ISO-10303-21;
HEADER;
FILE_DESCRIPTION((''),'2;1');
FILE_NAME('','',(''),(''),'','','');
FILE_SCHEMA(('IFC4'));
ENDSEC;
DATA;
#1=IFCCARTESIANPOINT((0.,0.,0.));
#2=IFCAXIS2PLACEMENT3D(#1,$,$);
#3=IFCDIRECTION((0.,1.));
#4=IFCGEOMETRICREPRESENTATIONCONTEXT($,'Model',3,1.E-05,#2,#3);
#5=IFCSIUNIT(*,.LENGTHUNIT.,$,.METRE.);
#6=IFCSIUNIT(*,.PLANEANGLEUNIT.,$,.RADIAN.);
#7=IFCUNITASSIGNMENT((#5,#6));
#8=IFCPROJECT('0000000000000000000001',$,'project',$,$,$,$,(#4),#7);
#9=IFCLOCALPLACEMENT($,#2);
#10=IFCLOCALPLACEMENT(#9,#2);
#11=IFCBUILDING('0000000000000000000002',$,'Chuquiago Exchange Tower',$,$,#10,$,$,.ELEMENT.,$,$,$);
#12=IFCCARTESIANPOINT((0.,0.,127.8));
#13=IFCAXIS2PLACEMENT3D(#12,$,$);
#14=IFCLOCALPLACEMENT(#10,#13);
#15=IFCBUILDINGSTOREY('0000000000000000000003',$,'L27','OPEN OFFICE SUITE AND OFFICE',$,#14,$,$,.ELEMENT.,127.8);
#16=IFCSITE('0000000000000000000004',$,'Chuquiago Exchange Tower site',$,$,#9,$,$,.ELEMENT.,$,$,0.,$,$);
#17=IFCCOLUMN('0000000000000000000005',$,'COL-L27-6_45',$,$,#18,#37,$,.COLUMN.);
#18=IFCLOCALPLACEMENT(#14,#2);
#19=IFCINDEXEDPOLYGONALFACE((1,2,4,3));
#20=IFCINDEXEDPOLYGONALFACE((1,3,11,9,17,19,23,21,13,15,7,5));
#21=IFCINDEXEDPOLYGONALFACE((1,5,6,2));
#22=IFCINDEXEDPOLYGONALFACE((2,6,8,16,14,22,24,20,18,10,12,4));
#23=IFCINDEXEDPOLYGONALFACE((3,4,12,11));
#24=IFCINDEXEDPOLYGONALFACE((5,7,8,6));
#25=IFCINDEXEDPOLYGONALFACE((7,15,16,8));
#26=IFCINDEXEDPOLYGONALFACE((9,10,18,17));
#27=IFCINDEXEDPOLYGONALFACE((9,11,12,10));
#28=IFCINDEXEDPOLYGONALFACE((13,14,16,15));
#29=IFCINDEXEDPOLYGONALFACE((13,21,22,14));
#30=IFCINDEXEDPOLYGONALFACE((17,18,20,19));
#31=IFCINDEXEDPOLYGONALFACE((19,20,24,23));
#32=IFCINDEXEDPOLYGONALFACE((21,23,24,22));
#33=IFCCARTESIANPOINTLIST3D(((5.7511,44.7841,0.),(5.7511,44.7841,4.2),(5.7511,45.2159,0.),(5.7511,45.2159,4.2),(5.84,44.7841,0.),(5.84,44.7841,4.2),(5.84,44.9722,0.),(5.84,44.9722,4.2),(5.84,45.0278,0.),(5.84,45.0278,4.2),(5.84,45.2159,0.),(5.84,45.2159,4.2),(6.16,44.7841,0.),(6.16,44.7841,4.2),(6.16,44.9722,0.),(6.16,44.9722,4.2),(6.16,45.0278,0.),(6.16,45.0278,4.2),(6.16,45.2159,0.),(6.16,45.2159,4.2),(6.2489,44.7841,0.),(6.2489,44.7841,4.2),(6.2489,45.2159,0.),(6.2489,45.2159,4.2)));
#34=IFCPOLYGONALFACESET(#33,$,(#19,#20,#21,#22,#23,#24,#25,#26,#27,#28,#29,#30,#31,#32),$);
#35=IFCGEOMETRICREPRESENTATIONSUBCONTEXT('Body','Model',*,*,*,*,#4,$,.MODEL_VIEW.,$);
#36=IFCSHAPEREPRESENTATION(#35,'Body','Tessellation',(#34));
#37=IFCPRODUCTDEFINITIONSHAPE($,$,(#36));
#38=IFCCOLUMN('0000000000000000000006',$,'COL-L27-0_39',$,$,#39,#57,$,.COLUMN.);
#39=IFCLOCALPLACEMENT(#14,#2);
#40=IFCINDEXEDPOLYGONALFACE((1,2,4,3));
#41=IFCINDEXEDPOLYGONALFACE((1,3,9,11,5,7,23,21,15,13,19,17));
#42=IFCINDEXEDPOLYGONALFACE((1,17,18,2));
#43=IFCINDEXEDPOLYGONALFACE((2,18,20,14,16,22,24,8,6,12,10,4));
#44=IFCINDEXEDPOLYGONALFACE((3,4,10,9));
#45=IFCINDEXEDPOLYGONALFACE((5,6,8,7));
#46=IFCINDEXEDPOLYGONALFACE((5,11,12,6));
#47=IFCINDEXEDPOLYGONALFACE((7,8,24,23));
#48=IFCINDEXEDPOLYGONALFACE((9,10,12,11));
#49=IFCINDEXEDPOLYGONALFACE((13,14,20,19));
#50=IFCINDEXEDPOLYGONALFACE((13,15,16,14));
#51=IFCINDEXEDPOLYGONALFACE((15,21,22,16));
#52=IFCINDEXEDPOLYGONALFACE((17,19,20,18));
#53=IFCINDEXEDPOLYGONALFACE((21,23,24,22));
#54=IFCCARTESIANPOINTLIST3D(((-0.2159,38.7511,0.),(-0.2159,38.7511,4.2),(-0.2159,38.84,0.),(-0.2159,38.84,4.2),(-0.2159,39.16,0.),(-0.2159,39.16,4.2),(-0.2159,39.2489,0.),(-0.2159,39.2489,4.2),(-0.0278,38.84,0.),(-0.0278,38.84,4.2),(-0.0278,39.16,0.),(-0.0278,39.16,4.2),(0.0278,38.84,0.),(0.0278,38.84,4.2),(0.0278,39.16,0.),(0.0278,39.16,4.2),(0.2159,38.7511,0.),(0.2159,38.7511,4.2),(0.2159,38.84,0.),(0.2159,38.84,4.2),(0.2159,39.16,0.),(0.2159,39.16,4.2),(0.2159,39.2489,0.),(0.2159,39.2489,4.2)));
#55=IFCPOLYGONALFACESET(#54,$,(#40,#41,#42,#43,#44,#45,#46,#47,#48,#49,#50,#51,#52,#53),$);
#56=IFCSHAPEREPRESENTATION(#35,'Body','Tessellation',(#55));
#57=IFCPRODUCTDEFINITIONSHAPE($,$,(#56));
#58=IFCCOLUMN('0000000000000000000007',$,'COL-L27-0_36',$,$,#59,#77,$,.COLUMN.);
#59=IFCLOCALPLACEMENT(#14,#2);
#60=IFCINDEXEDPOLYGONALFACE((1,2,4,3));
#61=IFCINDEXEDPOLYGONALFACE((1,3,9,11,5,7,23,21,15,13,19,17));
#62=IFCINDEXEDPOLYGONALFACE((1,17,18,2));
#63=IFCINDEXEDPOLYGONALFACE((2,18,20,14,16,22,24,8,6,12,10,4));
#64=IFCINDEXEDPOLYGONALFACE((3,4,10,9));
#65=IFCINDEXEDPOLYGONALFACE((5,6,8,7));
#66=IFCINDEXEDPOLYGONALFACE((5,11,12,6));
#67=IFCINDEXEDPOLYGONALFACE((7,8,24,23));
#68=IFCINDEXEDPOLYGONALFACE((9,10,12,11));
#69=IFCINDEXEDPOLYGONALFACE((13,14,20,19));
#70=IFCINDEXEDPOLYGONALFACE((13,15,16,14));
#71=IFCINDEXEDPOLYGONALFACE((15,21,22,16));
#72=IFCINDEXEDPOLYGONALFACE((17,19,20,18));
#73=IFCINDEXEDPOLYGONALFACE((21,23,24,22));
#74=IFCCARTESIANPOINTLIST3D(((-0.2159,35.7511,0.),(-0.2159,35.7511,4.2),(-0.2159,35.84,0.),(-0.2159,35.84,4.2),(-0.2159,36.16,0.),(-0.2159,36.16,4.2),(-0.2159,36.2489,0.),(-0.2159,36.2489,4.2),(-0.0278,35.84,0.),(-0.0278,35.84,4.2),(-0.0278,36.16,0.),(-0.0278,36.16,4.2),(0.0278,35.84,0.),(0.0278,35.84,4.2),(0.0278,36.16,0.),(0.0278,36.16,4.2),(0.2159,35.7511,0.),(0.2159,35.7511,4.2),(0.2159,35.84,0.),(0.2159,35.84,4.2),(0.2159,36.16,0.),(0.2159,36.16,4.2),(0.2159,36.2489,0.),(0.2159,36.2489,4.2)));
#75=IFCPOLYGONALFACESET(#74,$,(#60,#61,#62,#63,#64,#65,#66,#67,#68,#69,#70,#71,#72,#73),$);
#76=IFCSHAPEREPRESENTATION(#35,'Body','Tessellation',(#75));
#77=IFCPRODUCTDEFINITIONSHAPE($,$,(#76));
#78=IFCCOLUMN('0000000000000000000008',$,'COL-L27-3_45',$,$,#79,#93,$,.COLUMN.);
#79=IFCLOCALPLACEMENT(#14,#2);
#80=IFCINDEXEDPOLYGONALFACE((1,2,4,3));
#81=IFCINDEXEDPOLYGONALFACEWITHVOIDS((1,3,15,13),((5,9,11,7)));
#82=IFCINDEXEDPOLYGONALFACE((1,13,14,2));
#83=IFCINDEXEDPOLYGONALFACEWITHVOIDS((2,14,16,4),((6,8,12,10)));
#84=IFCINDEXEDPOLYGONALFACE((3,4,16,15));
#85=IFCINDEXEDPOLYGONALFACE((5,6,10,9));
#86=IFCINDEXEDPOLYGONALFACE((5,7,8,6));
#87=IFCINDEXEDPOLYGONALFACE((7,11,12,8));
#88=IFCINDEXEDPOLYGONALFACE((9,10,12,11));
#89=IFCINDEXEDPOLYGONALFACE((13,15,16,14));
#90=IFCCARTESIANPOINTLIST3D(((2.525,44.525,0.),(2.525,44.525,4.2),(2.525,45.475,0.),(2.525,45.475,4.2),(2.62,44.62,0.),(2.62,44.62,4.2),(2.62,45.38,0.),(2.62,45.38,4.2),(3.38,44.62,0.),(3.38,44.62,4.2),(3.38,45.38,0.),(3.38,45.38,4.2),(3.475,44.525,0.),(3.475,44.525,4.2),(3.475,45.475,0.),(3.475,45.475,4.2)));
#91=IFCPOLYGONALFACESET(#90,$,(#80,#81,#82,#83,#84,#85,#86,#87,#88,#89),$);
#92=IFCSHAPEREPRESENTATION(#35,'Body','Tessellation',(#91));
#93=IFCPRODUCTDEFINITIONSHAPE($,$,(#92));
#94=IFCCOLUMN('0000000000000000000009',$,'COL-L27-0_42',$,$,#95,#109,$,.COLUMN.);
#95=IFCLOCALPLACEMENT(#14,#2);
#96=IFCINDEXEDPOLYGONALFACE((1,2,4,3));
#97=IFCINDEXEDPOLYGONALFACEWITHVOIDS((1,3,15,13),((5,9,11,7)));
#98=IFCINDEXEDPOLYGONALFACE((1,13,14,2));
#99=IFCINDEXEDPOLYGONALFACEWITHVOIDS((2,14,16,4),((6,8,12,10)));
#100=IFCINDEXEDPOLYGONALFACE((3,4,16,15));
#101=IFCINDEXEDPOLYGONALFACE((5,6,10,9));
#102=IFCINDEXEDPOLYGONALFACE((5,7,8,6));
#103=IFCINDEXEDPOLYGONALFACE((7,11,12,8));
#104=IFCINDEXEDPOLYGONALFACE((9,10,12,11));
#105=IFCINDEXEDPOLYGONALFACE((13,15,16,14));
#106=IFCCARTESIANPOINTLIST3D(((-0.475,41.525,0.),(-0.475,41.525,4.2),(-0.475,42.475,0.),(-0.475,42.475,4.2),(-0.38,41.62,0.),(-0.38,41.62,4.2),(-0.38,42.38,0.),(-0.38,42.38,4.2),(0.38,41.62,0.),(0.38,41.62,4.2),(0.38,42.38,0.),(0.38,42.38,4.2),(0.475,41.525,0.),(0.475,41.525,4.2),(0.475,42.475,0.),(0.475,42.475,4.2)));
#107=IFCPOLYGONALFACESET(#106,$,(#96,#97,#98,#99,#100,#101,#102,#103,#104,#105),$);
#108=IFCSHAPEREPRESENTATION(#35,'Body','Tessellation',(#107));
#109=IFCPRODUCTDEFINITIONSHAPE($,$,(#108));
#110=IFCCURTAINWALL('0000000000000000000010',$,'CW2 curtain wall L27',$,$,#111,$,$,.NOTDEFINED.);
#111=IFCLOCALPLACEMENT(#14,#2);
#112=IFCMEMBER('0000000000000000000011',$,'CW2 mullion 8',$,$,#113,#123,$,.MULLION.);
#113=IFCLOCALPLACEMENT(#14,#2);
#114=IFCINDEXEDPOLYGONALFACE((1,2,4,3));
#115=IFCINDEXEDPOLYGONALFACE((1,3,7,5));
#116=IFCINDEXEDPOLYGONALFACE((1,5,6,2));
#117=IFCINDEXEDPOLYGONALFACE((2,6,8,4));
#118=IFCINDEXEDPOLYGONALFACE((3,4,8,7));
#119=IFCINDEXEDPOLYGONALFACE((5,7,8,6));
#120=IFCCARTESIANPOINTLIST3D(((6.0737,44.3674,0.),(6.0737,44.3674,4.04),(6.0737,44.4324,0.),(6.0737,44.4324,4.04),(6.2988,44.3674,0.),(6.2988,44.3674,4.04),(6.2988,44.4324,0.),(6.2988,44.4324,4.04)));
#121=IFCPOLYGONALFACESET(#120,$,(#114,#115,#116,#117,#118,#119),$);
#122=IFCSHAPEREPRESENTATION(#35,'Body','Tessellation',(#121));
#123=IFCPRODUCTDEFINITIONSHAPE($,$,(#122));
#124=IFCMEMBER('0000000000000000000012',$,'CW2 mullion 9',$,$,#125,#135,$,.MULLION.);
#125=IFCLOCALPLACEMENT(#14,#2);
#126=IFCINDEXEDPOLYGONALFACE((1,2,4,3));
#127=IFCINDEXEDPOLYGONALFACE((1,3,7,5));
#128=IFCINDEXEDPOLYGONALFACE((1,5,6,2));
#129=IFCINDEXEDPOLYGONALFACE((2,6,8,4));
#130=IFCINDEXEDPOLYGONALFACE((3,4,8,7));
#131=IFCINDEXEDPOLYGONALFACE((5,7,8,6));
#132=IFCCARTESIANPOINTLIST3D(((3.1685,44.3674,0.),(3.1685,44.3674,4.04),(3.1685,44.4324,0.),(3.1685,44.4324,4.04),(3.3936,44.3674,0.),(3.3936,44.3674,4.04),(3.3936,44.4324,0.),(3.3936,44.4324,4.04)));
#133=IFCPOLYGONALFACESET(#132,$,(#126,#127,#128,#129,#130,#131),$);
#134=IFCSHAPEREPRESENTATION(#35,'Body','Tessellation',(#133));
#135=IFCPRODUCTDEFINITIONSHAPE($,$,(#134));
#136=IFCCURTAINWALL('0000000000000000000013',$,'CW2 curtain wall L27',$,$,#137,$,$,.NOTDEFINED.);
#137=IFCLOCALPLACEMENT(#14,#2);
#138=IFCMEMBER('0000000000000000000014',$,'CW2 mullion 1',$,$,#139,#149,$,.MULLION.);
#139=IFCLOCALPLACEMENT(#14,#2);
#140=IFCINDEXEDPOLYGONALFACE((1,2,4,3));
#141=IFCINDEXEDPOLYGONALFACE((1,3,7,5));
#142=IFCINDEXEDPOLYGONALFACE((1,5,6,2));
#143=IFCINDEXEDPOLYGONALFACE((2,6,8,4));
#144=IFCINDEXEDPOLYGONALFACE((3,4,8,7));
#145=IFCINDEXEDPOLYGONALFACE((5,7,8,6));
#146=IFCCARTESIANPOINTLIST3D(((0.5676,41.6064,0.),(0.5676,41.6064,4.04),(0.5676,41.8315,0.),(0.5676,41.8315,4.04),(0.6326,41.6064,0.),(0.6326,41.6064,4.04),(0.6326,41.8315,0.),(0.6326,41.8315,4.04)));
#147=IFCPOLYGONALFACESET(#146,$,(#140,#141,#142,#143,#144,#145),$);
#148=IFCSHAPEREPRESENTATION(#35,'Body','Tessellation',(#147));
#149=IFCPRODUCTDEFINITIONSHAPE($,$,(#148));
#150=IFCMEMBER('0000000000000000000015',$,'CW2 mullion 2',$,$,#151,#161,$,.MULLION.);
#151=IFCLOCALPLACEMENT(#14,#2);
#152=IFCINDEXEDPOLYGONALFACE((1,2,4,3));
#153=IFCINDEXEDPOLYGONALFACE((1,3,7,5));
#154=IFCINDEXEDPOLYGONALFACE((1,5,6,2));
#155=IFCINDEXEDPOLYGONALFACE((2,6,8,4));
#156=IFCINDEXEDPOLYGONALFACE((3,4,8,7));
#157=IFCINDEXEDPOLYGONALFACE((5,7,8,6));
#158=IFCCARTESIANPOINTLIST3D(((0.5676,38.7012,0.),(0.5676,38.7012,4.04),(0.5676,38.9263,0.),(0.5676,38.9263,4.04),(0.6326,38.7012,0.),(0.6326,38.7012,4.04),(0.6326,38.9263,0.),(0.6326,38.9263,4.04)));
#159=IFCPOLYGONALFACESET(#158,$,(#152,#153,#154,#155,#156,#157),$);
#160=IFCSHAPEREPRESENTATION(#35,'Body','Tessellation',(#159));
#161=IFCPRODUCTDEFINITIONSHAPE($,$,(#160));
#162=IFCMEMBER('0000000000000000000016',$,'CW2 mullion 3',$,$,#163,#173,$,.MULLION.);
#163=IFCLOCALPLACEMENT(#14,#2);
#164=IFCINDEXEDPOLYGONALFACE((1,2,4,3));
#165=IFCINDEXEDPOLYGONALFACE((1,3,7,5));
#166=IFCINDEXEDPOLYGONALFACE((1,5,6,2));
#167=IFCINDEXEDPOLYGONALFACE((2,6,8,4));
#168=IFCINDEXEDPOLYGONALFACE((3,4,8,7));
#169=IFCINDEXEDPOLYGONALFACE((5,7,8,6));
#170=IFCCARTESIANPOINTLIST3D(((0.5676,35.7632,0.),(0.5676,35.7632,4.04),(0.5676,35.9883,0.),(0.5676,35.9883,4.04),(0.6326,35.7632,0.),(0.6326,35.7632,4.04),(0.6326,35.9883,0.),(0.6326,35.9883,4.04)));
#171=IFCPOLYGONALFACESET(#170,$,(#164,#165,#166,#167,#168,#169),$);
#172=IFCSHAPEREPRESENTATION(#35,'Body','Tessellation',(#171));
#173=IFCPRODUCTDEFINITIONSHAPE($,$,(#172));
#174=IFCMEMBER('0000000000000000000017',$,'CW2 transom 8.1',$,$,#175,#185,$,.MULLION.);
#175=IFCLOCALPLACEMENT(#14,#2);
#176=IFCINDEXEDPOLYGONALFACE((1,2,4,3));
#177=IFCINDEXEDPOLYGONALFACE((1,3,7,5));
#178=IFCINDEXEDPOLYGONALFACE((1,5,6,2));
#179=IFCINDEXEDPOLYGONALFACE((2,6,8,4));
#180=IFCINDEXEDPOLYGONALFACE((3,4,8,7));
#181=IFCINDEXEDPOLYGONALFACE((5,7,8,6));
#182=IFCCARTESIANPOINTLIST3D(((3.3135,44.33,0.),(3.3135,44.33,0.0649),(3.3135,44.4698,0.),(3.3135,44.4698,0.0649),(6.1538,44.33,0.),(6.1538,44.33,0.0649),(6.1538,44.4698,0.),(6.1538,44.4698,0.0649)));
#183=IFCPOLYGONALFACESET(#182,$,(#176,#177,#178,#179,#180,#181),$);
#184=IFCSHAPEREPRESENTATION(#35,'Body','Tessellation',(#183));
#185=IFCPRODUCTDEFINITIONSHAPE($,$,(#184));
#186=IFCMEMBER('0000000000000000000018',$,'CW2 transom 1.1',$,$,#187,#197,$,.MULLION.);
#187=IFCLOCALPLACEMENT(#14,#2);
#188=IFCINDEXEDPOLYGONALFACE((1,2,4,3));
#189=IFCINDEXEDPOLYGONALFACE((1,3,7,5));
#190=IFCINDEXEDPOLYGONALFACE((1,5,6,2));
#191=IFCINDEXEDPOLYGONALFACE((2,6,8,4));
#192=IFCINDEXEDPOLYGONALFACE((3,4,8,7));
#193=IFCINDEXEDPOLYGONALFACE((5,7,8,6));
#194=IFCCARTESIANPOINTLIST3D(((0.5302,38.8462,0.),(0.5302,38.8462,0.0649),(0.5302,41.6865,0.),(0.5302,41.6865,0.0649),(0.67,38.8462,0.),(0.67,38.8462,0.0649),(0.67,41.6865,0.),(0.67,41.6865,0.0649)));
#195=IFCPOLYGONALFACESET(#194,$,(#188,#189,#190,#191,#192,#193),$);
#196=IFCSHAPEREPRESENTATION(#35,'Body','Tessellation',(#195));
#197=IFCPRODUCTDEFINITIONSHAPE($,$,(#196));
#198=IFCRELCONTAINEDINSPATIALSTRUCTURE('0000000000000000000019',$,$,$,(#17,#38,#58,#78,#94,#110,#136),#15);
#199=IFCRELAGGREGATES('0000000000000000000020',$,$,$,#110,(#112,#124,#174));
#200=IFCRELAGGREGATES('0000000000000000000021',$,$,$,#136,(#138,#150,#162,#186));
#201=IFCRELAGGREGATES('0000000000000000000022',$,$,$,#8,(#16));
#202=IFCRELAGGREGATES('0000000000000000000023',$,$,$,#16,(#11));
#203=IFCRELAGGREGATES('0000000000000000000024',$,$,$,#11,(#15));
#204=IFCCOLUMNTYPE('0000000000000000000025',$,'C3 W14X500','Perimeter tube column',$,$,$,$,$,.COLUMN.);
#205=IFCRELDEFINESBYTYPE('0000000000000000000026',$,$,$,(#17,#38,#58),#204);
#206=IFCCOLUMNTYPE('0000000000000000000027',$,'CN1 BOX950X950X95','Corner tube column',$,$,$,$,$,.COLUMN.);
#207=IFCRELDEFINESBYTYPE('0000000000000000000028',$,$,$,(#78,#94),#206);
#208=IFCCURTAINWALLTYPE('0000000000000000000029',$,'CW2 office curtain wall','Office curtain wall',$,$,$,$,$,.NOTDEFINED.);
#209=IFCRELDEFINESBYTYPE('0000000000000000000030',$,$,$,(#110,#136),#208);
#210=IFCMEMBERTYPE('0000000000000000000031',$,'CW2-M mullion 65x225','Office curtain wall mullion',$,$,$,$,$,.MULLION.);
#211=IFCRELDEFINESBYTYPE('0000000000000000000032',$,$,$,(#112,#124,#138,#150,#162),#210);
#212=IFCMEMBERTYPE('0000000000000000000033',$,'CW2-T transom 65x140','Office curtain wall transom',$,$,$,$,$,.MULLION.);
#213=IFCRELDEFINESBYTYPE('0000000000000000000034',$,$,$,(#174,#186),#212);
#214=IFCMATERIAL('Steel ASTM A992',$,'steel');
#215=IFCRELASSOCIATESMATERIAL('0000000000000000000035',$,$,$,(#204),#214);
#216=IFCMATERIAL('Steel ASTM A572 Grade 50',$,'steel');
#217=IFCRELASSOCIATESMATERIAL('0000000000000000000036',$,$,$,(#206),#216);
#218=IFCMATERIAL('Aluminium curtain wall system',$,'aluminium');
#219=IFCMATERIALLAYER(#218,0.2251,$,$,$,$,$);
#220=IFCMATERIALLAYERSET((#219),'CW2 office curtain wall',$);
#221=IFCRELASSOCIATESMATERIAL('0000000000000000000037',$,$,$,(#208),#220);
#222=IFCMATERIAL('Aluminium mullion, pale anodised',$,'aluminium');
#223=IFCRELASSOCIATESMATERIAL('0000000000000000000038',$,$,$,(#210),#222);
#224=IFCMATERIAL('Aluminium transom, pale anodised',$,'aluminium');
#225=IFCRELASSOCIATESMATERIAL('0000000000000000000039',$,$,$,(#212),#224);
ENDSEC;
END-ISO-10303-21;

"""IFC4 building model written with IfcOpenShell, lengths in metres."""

from ifc_helpers import new_model, si_unit, direction, frame, origin, origin_2d, place, context, subcontext, project, spatial, rectangle, hollow_rectangle, i_section, extrude, material, layer, layer_set, material_profile, profile_set, type_object, element, aggregate, save


model = new_model("IFC4")

# Units and contexts
model_context = context("Model", 3, precision=1e-05, world=origin(), true_north=direction((0.0, 1.0)))
body_context = subcontext(model_context, "Body", "Model", "MODEL_VIEW")
ifc_project = project(units=[si_unit("LENGTHUNIT", "METRE"), si_unit("PLANEANGLEUNIT", "RADIAN")], contexts=[model_context])

# Site, building, storey
site_placement = place(None, origin())
site = spatial("IfcSite", under=ifc_project, at=site_placement, Name="Chuquiago Exchange Tower site", CompositionType="ELEMENT", RefElevation=0.0)
building_placement = place(site_placement, origin())
building = spatial("IfcBuilding", under=site, at=building_placement, Name="Chuquiago Exchange Tower", CompositionType="ELEMENT")
storey_placement = place(building_placement, frame((0.0, 0.0, 127.8)))
storey = spatial("IfcBuildingStorey", under=building, at=storey_placement, Name="L27", Description="OPEN OFFICE SUITE AND OFFICE", CompositionType="ELEMENT", Elevation=127.8)

# Columns
ifc_material_1 = material(Name="Steel ASTM A992", Category="steel")
ifc_material_profile_1 = material_profile(ifc_material_1, i_section(OverallWidth=0.4319, OverallDepth=0.4978, WebThickness=0.0557, FlangeThickness=0.0889, at=origin_2d()), Name="W14X500")
ifc_profile_set_1 = profile_set([ifc_material_profile_1], Name="Steel ASTM A992")
column_type_1 = type_object("IfcColumnType", Name="C3 W14X500", Description="Perimeter tube column", PredefinedType="COLUMN", material=ifc_profile_set_1)
for number, where, z_axis, x_axis, name in (
    (1, (6.0, 45.0, 0.0), (0.0, 0.0, 1.0), (0.0, 1.0, 0.0), "COL-L27-6_45"),
    (2, (0.0, 39.0, 0.0), (0.0, 0.0, 1.0), (-1.0, 0.0, 0.0), "COL-L27-0_39"),
    (3, (0.0, 36.0, 0.0), (0.0, 0.0, 1.0), (-1.0, 0.0, 0.0), "COL-L27-0_36"),
):
    element("IfcColumn", number, at=place(storey_placement, frame(where, z_axis=z_axis, x_axis=x_axis)), inside=storey, type_object=column_type_1, Name=name, PredefinedType="COLUMN", context=body_context, shape_type="SweptSolid", body=[
        extrude(i_section(OverallWidth=0.4319, OverallDepth=0.4978, WebThickness=0.0557, FlangeThickness=0.0889, at=origin_2d()), origin(), (0.0, 0.0, 1.0), 4.2),
    ])
ifc_material_2 = material(Name="Steel ASTM A572 Grade 50", Category="steel")
ifc_material_profile_2 = material_profile(ifc_material_2, hollow_rectangle(XDim=0.95, YDim=0.95, WallThickness=0.095, at=origin_2d()), Name="BOX950X950X95")
ifc_profile_set_2 = profile_set([ifc_material_profile_2], Name="Steel ASTM A572 Grade 50")
column_type_2 = type_object("IfcColumnType", Name="CN1 BOX950X950X95", Description="Corner tube column", PredefinedType="COLUMN", material=ifc_profile_set_2)
for number, where, z_axis, x_axis, name in (
    (4, (3.0, 45.0, 0.0), (0.0, 0.0, 1.0), (0.0, 1.0, 0.0), "COL-L27-3_45"),
    (5, (0.0, 42.0, 0.0), (0.0, 0.0, 1.0), (-1.0, 0.0, 0.0), "COL-L27-0_42"),
):
    element("IfcColumn", number, at=place(storey_placement, frame(where, z_axis=z_axis, x_axis=x_axis)), inside=storey, type_object=column_type_2, Name=name, PredefinedType="COLUMN", context=body_context, shape_type="SweptSolid", body=[
        extrude(hollow_rectangle(XDim=0.95, YDim=0.95, WallThickness=0.095, at=origin_2d()), origin(), (0.0, 0.0, 1.0), 4.2),
    ])

# Curtain walls, members
ifc_material_3 = material(Name="Aluminium curtain wall system", Category="aluminium")
ifc_layer_1 = layer(ifc_material_3, 0.2251)
ifc_layer_set_1 = layer_set([ifc_layer_1], Name="CW2 office curtain wall")
curtain_wall_type_1 = type_object("IfcCurtainWallType", Name="CW2 office curtain wall", Description="Office curtain wall", PredefinedType="NOTDEFINED", material=ifc_layer_set_1)
curtain_wall_1_placement = place(storey_placement, origin())
curtain_wall_1 = element("IfcCurtainWall", 6, at=curtain_wall_1_placement, inside=storey, type_object=curtain_wall_type_1, Name="CW2 curtain wall L27", PredefinedType="NOTDEFINED")
ifc_material_4 = material(Name="Aluminium mullion, pale anodised", Category="aluminium")
ifc_material_profile_3 = material_profile(ifc_material_4, rectangle(XDim=0.0649, YDim=0.2251, at=origin_2d()), Name="AL 65x225")
ifc_profile_set_3 = profile_set([ifc_material_profile_3], Name="Aluminium mullion, pale anodised")
member_type_1 = type_object("IfcMemberType", Name="CW2-M mullion 65x225", Description="Office curtain wall mullion", PredefinedType="MULLION", material=ifc_profile_set_3)
member_1_placement = place(storey_placement, frame((6.1863, 44.3999, 0.0), z_axis=(0.0, 0.0, 1.0), x_axis=(0.0, -1.0, 0.0)))
member_1 = element("IfcMember", 7, at=member_1_placement, type_object=member_type_1, Name="CW2 mullion 8", PredefinedType="MULLION", context=body_context, shape_type="SweptSolid", body=[
    extrude(rectangle(XDim=0.0649, YDim=0.2251, at=origin_2d()), origin(), (0.0, 0.0, 1.0), 4.04),
])
member_2_placement = place(storey_placement, frame((3.281, 44.3999, 0.0), z_axis=(0.0, 0.0, 1.0), x_axis=(0.0, -1.0, 0.0)))
member_2 = element("IfcMember", 8, at=member_2_placement, type_object=member_type_1, Name="CW2 mullion 9", PredefinedType="MULLION", context=body_context, shape_type="SweptSolid", body=[
    extrude(rectangle(XDim=0.0649, YDim=0.2251, at=origin_2d()), origin(), (0.0, 0.0, 1.0), 4.04),
])
curtain_wall_2_placement = place(storey_placement, origin())
curtain_wall_2 = element("IfcCurtainWall", 9, at=curtain_wall_2_placement, inside=storey, type_object=curtain_wall_type_1, Name="CW2 curtain wall L27", PredefinedType="NOTDEFINED")
member_3_placement = place(storey_placement, frame((0.6001, 41.719, 0.0), z_axis=(0.0, 0.0, 1.0), x_axis=(1.0, 0.0, 0.0)))
member_3 = element("IfcMember", 10, at=member_3_placement, type_object=member_type_1, Name="CW2 mullion 1", PredefinedType="MULLION", context=body_context, shape_type="SweptSolid", body=[
    extrude(rectangle(XDim=0.0649, YDim=0.2251, at=origin_2d()), origin(), (0.0, 0.0, 1.0), 4.04),
])
member_4_placement = place(storey_placement, frame((0.6001, 38.8137, 0.0), z_axis=(0.0, 0.0, 1.0), x_axis=(1.0, 0.0, 0.0)))
member_4 = element("IfcMember", 11, at=member_4_placement, type_object=member_type_1, Name="CW2 mullion 2", PredefinedType="MULLION", context=body_context, shape_type="SweptSolid", body=[
    extrude(rectangle(XDim=0.0649, YDim=0.2251, at=origin_2d()), origin(), (0.0, 0.0, 1.0), 4.04),
])
member_5_placement = place(storey_placement, frame((0.6001, 35.8757, 0.0), z_axis=(0.0, 0.0, 1.0), x_axis=(1.0, 0.0, 0.0)))
member_5 = element("IfcMember", 12, at=member_5_placement, type_object=member_type_1, Name="CW2 mullion 3", PredefinedType="MULLION", context=body_context, shape_type="SweptSolid", body=[
    extrude(rectangle(XDim=0.0649, YDim=0.2251, at=origin_2d()), origin(), (0.0, 0.0, 1.0), 4.04),
])

# Members
ifc_material_5 = material(Name="Aluminium transom, pale anodised", Category="aluminium")
ifc_material_profile_4 = material_profile(ifc_material_5, rectangle(XDim=0.1399, YDim=0.0649, at=origin_2d()), Name="AL 140x65")
ifc_profile_set_4 = profile_set([ifc_material_profile_4], Name="Aluminium transom, pale anodised")
member_type_2 = type_object("IfcMemberType", Name="CW2-T transom 65x140", Description="Office curtain wall transom", PredefinedType="MULLION", material=ifc_profile_set_4)
member_6_placement = place(storey_placement, frame((6.1538, 44.3999, 0.0325), z_axis=(-1.0, 0.0, 0.0), x_axis=(0.0, -1.0, 0.0)))
member_6 = element("IfcMember", 13, at=member_6_placement, type_object=member_type_2, Name="CW2 transom 8.1", PredefinedType="MULLION", context=body_context, shape_type="SweptSolid", body=[
    extrude(rectangle(XDim=0.1399, YDim=0.0649, at=origin_2d()), origin(), (0.0, 0.0, 1.0), 2.8403),
])
member_7_placement = place(storey_placement, frame((0.6001, 41.6865, 0.0325), z_axis=(0.0, -1.0, 0.0), x_axis=(1.0, 0.0, 0.0)))
member_7 = element("IfcMember", 14, at=member_7_placement, type_object=member_type_2, Name="CW2 transom 1.1", PredefinedType="MULLION", context=body_context, shape_type="SweptSolid", body=[
    extrude(rectangle(XDim=0.1399, YDim=0.0649, at=origin_2d()), origin(), (0.0, 0.0, 1.0), 2.8403),
])

aggregate(curtain_wall_1, [member_1, member_2, member_6])
aggregate(curtain_wall_2, [member_3, member_4, member_5, member_7])

save(model, "model.ifc")
